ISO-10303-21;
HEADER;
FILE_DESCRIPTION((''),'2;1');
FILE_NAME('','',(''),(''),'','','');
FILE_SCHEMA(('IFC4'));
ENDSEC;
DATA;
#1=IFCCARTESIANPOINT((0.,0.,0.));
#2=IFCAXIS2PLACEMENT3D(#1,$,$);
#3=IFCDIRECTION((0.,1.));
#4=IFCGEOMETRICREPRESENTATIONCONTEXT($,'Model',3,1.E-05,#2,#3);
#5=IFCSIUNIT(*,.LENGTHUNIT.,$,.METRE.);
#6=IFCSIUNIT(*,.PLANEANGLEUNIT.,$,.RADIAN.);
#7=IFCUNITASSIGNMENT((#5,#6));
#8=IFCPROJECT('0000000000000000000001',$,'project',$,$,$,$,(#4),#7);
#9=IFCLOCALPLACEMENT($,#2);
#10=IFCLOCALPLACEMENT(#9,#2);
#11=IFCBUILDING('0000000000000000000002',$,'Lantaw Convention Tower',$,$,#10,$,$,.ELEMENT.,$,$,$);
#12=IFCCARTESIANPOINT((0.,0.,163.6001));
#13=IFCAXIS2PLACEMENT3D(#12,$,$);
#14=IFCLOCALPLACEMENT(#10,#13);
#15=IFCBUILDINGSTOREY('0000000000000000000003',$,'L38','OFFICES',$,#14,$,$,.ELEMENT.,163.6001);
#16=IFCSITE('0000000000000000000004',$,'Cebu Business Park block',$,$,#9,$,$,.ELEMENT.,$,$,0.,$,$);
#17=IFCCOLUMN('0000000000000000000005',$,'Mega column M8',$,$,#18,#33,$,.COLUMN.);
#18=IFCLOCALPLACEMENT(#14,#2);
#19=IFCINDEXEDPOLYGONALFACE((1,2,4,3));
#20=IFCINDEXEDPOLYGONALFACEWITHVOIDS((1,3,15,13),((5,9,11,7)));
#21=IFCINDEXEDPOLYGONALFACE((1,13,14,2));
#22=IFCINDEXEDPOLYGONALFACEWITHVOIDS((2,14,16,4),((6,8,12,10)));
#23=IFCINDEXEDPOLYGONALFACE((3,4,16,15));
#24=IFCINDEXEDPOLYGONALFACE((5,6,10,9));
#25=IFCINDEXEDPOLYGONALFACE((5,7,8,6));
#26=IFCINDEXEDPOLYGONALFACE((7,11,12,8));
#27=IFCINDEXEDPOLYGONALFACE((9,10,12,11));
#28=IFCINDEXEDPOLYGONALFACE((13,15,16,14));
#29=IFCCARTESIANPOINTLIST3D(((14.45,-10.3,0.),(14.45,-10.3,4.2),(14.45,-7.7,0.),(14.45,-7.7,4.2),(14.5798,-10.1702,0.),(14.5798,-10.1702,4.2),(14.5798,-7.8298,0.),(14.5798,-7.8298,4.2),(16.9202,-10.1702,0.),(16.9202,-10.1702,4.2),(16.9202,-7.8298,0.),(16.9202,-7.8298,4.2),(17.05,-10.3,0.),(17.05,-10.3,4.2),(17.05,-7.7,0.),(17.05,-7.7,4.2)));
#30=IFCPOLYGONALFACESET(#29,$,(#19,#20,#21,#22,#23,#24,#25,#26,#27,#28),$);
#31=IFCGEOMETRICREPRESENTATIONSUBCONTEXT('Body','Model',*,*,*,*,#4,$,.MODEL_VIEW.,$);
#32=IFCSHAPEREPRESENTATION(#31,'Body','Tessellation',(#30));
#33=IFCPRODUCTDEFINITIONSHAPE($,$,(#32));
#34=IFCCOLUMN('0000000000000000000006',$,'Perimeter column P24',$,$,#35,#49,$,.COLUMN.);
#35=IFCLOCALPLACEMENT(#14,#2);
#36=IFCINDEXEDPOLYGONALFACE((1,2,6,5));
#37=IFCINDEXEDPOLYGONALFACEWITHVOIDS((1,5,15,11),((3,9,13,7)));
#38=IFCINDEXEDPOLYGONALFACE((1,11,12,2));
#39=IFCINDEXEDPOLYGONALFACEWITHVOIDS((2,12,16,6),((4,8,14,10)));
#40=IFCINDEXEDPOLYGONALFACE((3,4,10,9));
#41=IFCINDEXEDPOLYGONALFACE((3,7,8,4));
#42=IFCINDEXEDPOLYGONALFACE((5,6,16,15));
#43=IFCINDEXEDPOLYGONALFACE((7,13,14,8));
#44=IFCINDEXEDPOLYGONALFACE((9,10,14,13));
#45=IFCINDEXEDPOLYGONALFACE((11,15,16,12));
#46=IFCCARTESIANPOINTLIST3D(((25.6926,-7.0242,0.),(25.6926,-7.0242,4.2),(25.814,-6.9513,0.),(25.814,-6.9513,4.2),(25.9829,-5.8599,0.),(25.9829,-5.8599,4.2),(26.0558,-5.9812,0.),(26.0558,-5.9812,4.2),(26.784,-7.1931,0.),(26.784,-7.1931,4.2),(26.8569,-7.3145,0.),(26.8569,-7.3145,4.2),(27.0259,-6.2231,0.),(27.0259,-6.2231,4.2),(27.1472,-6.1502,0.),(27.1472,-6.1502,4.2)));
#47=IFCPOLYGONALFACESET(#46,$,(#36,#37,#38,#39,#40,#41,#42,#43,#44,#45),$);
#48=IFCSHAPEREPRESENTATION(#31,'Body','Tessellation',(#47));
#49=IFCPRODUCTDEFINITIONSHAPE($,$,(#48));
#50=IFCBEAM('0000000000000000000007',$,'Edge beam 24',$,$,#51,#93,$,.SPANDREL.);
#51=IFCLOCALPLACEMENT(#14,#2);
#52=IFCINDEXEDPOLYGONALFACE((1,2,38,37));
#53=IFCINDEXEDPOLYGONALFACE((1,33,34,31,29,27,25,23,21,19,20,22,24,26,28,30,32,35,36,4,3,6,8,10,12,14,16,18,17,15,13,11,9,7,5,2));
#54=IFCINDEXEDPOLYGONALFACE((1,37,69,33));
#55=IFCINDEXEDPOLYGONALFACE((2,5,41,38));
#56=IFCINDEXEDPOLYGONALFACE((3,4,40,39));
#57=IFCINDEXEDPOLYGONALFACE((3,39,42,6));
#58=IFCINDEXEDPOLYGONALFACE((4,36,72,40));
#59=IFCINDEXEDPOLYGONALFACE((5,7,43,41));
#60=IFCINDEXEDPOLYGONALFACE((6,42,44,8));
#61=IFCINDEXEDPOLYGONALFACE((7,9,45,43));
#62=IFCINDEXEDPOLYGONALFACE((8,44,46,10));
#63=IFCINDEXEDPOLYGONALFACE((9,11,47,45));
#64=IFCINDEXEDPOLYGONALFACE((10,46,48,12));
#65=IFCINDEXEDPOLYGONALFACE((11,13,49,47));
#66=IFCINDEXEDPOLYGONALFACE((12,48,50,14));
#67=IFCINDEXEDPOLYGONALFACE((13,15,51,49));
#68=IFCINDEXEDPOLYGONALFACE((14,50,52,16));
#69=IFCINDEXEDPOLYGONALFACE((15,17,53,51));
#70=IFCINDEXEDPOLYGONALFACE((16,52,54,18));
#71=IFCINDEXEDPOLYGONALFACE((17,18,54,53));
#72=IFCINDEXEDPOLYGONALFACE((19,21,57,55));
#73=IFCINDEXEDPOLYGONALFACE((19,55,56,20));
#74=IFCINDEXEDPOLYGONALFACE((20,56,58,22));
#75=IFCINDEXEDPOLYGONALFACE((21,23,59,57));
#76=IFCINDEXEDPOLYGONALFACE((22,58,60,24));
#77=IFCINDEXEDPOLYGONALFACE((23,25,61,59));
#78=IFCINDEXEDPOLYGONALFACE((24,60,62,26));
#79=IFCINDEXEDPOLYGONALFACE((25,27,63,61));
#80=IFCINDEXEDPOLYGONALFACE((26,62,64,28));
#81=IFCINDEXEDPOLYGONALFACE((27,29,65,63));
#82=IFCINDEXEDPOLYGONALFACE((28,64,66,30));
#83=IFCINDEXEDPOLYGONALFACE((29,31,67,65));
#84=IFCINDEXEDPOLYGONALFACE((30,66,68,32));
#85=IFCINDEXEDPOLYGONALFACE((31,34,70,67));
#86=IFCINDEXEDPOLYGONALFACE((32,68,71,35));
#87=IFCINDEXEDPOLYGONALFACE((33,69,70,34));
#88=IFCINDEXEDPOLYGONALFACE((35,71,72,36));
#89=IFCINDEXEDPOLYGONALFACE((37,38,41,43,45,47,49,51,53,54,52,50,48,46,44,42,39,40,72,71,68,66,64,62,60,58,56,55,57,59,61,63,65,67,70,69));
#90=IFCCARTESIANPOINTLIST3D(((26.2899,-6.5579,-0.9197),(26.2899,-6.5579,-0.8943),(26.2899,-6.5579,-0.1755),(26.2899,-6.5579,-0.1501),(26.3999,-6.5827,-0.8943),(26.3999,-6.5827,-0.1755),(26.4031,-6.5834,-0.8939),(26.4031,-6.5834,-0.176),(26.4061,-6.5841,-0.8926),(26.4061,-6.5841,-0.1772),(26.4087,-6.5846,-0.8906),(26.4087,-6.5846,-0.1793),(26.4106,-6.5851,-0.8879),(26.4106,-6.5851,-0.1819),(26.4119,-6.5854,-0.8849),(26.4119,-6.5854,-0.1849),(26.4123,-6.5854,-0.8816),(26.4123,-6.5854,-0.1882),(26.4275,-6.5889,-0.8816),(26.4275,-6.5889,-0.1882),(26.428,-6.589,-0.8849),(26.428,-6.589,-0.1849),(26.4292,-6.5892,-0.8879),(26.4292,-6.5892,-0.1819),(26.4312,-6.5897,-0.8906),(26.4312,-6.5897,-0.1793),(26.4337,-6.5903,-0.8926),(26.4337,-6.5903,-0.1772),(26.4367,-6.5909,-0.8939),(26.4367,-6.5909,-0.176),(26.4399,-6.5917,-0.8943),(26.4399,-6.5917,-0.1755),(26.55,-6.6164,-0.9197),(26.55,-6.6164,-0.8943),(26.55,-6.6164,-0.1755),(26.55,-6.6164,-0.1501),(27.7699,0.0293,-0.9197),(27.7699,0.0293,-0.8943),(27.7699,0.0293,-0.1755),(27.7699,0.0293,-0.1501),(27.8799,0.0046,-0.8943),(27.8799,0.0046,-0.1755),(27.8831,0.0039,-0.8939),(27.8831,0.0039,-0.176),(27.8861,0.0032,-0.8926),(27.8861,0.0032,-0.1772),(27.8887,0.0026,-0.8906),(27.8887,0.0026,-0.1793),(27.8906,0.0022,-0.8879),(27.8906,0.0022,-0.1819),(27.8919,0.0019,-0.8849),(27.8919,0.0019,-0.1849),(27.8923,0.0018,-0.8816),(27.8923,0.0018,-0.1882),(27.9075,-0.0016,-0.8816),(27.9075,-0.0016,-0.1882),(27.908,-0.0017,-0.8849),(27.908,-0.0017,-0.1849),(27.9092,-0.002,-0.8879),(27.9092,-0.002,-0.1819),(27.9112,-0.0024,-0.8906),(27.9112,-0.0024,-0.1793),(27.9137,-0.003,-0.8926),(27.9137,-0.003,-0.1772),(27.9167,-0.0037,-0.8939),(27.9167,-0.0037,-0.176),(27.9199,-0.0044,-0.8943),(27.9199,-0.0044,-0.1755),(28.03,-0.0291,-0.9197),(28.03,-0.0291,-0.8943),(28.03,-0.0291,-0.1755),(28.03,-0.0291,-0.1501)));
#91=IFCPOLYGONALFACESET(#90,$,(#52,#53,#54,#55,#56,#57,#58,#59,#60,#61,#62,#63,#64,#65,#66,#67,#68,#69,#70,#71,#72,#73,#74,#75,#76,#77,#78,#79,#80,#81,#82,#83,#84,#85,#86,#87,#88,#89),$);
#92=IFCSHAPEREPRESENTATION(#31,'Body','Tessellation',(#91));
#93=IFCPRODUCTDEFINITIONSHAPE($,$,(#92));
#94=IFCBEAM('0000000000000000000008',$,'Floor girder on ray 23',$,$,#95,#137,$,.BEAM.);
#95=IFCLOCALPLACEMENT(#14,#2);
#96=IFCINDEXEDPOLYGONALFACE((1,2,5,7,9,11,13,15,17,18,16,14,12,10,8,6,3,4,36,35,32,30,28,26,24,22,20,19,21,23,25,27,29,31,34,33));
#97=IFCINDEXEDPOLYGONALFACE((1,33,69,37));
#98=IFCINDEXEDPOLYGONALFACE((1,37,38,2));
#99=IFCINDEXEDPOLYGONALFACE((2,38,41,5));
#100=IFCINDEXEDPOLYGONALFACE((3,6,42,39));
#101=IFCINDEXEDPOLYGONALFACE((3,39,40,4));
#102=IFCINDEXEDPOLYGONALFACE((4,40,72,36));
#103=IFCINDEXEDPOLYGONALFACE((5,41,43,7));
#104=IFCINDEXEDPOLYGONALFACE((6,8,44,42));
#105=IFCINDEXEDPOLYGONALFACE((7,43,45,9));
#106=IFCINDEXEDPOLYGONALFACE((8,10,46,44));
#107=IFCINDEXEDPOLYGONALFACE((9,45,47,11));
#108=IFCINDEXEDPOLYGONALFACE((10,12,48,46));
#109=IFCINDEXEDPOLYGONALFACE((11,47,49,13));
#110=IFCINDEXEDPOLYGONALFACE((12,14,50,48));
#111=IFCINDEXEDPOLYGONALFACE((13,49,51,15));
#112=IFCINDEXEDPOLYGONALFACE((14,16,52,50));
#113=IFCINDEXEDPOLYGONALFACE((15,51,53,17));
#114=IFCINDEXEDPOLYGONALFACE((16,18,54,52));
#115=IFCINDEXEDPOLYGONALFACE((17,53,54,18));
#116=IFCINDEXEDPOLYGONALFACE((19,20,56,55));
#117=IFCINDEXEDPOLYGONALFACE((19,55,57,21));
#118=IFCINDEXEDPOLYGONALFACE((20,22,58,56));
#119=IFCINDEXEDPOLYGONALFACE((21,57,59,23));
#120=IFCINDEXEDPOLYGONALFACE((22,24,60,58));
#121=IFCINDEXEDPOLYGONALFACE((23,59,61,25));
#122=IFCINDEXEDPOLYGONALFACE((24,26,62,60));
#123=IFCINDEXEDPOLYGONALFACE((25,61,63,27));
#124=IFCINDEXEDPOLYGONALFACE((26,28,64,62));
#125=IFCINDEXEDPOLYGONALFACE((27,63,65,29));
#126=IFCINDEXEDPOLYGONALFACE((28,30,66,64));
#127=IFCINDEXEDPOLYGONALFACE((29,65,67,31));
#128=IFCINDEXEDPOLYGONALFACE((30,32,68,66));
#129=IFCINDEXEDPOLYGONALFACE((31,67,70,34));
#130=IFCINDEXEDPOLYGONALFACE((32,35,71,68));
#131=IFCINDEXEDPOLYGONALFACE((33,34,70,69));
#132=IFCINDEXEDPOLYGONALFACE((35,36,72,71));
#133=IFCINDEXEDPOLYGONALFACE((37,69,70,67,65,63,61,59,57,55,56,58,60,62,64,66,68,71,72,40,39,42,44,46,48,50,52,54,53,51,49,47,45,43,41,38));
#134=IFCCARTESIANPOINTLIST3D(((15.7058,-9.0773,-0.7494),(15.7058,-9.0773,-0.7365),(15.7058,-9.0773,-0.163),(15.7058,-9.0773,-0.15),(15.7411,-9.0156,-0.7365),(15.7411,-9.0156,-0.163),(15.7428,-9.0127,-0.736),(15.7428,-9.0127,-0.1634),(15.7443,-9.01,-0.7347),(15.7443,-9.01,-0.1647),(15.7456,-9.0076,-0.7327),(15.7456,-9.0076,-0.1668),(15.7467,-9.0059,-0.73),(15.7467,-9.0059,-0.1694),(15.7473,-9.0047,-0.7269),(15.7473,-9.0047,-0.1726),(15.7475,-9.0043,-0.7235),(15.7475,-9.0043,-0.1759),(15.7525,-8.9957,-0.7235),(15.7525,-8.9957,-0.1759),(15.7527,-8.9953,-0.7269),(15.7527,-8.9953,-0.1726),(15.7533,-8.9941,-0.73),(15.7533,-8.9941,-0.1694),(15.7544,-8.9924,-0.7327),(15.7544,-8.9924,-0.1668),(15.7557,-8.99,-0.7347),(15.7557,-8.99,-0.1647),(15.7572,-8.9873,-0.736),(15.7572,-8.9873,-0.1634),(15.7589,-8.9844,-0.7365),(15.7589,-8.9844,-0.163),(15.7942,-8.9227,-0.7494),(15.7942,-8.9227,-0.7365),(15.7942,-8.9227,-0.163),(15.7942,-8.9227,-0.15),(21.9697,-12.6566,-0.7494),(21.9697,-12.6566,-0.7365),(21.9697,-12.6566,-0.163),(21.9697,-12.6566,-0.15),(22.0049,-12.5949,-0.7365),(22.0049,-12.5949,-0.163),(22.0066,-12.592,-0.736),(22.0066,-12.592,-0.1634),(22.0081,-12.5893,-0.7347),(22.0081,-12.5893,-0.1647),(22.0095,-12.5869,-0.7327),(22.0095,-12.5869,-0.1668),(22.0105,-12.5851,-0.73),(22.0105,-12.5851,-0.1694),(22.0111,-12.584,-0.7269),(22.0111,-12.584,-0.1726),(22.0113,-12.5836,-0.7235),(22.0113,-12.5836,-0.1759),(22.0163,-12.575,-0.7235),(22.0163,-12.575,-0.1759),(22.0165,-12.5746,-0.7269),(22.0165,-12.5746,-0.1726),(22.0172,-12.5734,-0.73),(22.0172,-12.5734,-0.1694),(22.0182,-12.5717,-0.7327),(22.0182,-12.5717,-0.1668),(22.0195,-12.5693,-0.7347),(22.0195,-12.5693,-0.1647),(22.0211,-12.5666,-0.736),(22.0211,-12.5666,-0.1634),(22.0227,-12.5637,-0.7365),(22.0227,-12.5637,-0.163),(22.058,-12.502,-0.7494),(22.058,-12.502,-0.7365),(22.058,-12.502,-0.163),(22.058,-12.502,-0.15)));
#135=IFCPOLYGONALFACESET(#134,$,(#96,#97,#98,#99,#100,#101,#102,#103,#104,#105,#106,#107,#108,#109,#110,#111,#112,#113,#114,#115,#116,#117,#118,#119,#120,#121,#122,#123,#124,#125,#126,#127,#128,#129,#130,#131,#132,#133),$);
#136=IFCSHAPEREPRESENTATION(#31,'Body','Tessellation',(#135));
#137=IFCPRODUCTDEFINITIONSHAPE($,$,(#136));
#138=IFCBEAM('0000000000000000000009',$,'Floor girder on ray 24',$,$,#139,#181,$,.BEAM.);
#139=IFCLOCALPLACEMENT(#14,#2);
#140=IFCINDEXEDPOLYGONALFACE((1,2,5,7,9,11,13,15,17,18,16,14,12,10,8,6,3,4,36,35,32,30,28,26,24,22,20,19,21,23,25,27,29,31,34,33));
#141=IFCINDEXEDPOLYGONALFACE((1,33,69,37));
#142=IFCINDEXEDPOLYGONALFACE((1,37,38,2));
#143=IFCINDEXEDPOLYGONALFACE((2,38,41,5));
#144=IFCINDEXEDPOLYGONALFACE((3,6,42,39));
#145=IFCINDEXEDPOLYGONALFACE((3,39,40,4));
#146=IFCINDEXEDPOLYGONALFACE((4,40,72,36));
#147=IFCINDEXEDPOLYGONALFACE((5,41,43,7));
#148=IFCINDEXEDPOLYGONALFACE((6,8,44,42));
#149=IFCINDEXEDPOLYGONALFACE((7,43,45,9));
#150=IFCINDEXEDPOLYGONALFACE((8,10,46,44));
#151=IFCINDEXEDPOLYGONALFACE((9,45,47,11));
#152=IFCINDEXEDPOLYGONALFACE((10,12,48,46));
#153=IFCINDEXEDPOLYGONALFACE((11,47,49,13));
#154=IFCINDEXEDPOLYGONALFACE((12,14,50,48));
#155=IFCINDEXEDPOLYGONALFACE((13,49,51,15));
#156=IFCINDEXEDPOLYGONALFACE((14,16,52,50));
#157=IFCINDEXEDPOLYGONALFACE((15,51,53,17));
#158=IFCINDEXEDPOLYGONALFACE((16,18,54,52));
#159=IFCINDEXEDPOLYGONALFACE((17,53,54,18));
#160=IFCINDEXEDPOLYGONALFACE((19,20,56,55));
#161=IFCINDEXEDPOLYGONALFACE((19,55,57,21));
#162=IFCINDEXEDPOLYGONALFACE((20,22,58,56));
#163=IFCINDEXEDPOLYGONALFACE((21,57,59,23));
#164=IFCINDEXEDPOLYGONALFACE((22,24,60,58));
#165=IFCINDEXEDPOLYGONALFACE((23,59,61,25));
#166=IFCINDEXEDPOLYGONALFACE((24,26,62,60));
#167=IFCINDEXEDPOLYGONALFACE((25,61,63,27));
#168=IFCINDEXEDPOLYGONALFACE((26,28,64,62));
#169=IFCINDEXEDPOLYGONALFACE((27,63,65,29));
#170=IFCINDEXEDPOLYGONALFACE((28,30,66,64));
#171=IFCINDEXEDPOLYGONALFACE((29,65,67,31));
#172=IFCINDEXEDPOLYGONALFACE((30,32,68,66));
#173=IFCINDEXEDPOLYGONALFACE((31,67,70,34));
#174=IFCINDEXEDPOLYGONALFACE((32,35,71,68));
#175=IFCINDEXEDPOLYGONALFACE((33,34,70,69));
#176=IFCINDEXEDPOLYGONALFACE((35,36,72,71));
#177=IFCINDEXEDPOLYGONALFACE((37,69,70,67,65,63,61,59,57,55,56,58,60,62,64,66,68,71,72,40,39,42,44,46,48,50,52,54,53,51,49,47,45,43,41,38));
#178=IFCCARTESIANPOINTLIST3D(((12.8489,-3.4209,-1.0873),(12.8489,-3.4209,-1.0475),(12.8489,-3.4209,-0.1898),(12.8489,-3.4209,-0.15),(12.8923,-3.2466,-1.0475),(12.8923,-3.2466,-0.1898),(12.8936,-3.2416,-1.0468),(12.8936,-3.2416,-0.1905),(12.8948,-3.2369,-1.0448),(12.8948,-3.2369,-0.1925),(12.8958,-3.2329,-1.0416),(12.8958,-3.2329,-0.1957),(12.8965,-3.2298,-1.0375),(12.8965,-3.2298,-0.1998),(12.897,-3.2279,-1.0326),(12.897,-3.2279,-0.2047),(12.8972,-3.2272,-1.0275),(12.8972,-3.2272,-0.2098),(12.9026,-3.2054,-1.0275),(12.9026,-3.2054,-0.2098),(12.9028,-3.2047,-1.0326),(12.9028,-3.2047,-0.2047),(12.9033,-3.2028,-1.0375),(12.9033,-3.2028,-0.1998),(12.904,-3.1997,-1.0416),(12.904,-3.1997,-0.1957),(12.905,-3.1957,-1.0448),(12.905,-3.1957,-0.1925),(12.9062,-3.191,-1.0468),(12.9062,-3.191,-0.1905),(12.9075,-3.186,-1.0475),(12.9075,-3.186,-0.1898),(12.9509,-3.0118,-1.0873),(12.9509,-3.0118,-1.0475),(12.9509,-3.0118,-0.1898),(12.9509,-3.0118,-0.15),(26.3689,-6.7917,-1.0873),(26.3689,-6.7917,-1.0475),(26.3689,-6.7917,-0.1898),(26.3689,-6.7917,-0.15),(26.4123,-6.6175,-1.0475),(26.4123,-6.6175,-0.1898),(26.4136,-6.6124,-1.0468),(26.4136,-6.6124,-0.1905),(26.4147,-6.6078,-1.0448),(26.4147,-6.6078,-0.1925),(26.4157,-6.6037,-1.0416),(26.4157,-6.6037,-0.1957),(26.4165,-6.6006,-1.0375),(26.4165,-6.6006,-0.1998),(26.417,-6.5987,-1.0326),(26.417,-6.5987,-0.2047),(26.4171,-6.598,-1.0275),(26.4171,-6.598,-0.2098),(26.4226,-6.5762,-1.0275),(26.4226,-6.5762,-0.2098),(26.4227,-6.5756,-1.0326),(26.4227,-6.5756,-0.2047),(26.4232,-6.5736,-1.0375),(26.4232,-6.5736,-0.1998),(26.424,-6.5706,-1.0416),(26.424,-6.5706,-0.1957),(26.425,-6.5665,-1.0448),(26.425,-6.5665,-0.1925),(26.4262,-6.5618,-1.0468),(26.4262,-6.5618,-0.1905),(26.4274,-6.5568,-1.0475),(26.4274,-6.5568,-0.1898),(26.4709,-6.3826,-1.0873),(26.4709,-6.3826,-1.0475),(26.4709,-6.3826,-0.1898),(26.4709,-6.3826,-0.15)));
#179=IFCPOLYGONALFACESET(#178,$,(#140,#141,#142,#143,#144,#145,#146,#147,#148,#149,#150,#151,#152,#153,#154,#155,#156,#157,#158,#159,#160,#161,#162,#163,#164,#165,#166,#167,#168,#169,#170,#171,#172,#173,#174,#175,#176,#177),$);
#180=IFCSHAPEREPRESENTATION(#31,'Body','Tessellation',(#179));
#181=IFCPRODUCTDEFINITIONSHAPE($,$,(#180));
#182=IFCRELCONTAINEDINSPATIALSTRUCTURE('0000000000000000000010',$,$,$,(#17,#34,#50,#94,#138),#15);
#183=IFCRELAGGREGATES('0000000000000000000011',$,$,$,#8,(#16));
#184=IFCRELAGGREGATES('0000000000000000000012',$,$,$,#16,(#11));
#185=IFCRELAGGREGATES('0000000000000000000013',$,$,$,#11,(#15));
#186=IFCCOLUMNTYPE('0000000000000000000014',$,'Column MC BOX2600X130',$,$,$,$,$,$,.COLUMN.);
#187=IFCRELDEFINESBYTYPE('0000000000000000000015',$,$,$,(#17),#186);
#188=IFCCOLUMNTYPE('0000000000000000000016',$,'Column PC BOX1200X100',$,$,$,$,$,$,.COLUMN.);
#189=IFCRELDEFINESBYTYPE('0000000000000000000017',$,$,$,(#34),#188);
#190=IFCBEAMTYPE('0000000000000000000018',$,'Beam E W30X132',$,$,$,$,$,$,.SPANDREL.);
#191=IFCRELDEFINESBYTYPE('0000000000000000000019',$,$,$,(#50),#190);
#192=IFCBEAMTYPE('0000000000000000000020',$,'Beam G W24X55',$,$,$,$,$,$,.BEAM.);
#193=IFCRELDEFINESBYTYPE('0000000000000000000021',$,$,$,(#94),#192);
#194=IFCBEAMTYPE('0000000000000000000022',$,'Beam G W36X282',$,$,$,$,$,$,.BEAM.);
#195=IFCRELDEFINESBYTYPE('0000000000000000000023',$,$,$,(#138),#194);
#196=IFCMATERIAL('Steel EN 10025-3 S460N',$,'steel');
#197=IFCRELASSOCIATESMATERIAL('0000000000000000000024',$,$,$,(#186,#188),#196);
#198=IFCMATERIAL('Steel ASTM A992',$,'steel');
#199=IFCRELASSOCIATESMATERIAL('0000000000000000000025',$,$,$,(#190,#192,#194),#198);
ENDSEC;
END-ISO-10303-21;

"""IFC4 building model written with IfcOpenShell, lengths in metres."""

from ifc_helpers import new_model, si_unit, direction, frame, origin, origin_2d, place, context, subcontext, project, spatial, rectangle, hollow_rectangle, i_section, extrude, material, material_profile, profile_set, type_object, element, save


model = new_model("IFC4")

# Units and contexts
model_context = context("Model", 3, precision=1e-05, world=origin(), true_north=direction((0.0, 1.0)))
body_context = subcontext(model_context, "Body", "Model", "MODEL_VIEW")
ifc_project = project(units=[si_unit("LENGTHUNIT", "METRE"), si_unit("PLANEANGLEUNIT", "RADIAN")], contexts=[model_context])

# Site, building, storey
site_placement = place(None, origin())
site = spatial("IfcSite", under=ifc_project, at=site_placement, Name="Cebu Business Park block", CompositionType="ELEMENT", RefElevation=0.0)
building_placement = place(site_placement, origin())
building = spatial("IfcBuilding", under=site, at=building_placement, Name="Lantaw Convention Tower", CompositionType="ELEMENT")
storey_placement = place(building_placement, frame((0.0, 0.0, 163.6001)))
storey = spatial("IfcBuildingStorey", under=building, at=storey_placement, Name="L38", Description="OFFICES", CompositionType="ELEMENT", Elevation=163.6001)

# Columns
ifc_material_1 = material(Name="Steel EN 10025-3 S460N", Category="steel")
ifc_material_profile_1 = material_profile(ifc_material_1, hollow_rectangle(XDim=2.6001, YDim=2.6001, WallThickness=0.1299, at=origin_2d()), Name="BOX2600X130")
ifc_material_2 = material(Name="Concrete C60/75", Category="concrete")
ifc_material_profile_2 = material_profile(ifc_material_2, rectangle(XDim=2.3401, YDim=2.3401, at=origin_2d()), Name="Concrete fill of BOX2600X130")
ifc_profile_set_1 = profile_set([ifc_material_profile_1, ifc_material_profile_2], Name="Steel EN 10025-3 S460N")
column_type_1 = type_object("IfcColumnType", Name="Column MC BOX2600X130", PredefinedType="COLUMN", material=ifc_profile_set_1)
column_1_placement = place(storey_placement, frame((15.75, -9.0, 0.0), z_axis=(0.0, 0.0, 1.0), x_axis=(1.0, 0.0, 0.0)))
element("IfcColumn", 1, at=column_1_placement, inside=storey, type_object=column_type_1, Name="Mega column M8", PredefinedType="COLUMN", context=body_context, shape_type="SweptSolid", body=[
    extrude(hollow_rectangle(XDim=2.6001, YDim=2.6001, WallThickness=0.1299, at=origin_2d()), origin(), (0.0, 0.0, 1.0), 4.2),
])
ifc_material_profile_3 = material_profile(ifc_material_1, hollow_rectangle(XDim=1.2, YDim=1.2, WallThickness=0.1001, at=origin_2d()), Name="BOX1200X100")
ifc_material_profile_4 = material_profile(ifc_material_2, rectangle(XDim=1.0, YDim=1.0, at=origin_2d()), Name="Concrete fill of BOX1200X100")
ifc_profile_set_2 = profile_set([ifc_material_profile_3, ifc_material_profile_4], Name="Steel EN 10025-3 S460N")
column_type_2 = type_object("IfcColumnType", Name="Column PC BOX1200X100", PredefinedType="COLUMN", material=ifc_profile_set_2)
column_2_placement = place(storey_placement, frame((26.4199, -6.5872, 0.0), z_axis=(0.0, 0.0, 1.0), x_axis=(0.241922, 0.970296, 0.0)))
element("IfcColumn", 2, at=column_2_placement, inside=storey, type_object=column_type_2, Name="Perimeter column P24", PredefinedType="COLUMN", context=body_context, shape_type="SweptSolid", body=[
    extrude(hollow_rectangle(XDim=1.2, YDim=1.2, WallThickness=0.1001, at=origin_2d()), origin(), (0.0, 0.0, 1.0), 4.2),
])

# Beams
ifc_material_3 = material(Name="Steel ASTM A992", Category="steel")
ifc_material_profile_5 = material_profile(ifc_material_3, i_section(OverallWidth=0.2666, OverallDepth=0.7695, WebThickness=0.0156, FlangeThickness=0.0254, FilletRadius=0.0127, at=origin_2d()), Name="W30X132")
ifc_profile_set_3 = profile_set([ifc_material_profile_5], Name="Steel ASTM A992")
beam_type_1 = type_object("IfcBeamType", Name="Beam E W30X132", PredefinedType="SPANDREL", material=ifc_profile_set_3)
beam_1_placement = place(storey_placement, frame((26.4199, -6.5872, -0.5349), z_axis=(0.219212, 0.975677, 0.0), x_axis=(-0.975677, 0.219212, 0.0)))
element("IfcBeam", 3, at=beam_1_placement, inside=storey, type_object=beam_type_1, Name="Edge beam 24", PredefinedType="SPANDREL", context=body_context, shape_type="SweptSolid", body=[
    extrude(i_section(OverallWidth=0.2666, OverallDepth=0.7695, WebThickness=0.0156, FlangeThickness=0.0254, FilletRadius=0.0127, at=origin_2d()), origin(), (0.0, 0.0, 1.0), 6.7515),
])
ifc_material_profile_6 = material_profile(ifc_material_3, i_section(OverallWidth=0.178, OverallDepth=0.5994, WebThickness=0.01, FlangeThickness=0.0129, FilletRadius=0.0129, at=origin_2d()), Name="W24X55")
ifc_profile_set_4 = profile_set([ifc_material_profile_6], Name="Steel ASTM A992")
beam_type_2 = type_object("IfcBeamType", Name="Beam G W24X55", PredefinedType="BEAM", material=ifc_profile_set_4)
beam_2_placement = place(storey_placement, frame((15.75, -9.0, -0.4497), z_axis=(0.868245, -0.496135, 0.0), x_axis=(0.496135, 0.868245, 0.0)))
element("IfcBeam", 4, at=beam_2_placement, inside=storey, type_object=beam_type_2, Name="Floor girder on ray 23", PredefinedType="BEAM", context=body_context, shape_type="SweptSolid", body=[
    extrude(i_section(OverallWidth=0.178, OverallDepth=0.5994, WebThickness=0.01, FlangeThickness=0.0129, FilletRadius=0.0129, at=origin_2d()), origin(), (0.0, 0.0, 1.0), 7.2144),
])
ifc_material_profile_7 = material_profile(ifc_material_3, i_section(OverallWidth=0.4216, OverallDepth=0.9373, WebThickness=0.0225, FlangeThickness=0.0398, FilletRadius=0.02, at=origin_2d()), Name="W36X282")
ifc_profile_set_5 = profile_set([ifc_material_profile_7], Name="Steel ASTM A992")
beam_type_3 = type_object("IfcBeamType", Name="Beam G W36X282", PredefinedType="BEAM", material=ifc_profile_set_5)
beam_3_placement = place(storey_placement, frame((12.8999, -3.2163, -0.6187), z_axis=(0.970297, -0.241917, 0.0), x_axis=(0.241917, 0.970297, 0.0)))
element("IfcBeam", 5, at=beam_3_placement, inside=storey, type_object=beam_type_3, Name="Floor girder on ray 24", PredefinedType="BEAM", context=body_context, shape_type="SweptSolid", body=[
    extrude(i_section(OverallWidth=0.4216, OverallDepth=0.9373, WebThickness=0.0225, FlangeThickness=0.0398, FilletRadius=0.02, at=origin_2d()), origin(), (0.0, 0.0, 1.0), 13.9338),
])

save(model, "model.ifc")
